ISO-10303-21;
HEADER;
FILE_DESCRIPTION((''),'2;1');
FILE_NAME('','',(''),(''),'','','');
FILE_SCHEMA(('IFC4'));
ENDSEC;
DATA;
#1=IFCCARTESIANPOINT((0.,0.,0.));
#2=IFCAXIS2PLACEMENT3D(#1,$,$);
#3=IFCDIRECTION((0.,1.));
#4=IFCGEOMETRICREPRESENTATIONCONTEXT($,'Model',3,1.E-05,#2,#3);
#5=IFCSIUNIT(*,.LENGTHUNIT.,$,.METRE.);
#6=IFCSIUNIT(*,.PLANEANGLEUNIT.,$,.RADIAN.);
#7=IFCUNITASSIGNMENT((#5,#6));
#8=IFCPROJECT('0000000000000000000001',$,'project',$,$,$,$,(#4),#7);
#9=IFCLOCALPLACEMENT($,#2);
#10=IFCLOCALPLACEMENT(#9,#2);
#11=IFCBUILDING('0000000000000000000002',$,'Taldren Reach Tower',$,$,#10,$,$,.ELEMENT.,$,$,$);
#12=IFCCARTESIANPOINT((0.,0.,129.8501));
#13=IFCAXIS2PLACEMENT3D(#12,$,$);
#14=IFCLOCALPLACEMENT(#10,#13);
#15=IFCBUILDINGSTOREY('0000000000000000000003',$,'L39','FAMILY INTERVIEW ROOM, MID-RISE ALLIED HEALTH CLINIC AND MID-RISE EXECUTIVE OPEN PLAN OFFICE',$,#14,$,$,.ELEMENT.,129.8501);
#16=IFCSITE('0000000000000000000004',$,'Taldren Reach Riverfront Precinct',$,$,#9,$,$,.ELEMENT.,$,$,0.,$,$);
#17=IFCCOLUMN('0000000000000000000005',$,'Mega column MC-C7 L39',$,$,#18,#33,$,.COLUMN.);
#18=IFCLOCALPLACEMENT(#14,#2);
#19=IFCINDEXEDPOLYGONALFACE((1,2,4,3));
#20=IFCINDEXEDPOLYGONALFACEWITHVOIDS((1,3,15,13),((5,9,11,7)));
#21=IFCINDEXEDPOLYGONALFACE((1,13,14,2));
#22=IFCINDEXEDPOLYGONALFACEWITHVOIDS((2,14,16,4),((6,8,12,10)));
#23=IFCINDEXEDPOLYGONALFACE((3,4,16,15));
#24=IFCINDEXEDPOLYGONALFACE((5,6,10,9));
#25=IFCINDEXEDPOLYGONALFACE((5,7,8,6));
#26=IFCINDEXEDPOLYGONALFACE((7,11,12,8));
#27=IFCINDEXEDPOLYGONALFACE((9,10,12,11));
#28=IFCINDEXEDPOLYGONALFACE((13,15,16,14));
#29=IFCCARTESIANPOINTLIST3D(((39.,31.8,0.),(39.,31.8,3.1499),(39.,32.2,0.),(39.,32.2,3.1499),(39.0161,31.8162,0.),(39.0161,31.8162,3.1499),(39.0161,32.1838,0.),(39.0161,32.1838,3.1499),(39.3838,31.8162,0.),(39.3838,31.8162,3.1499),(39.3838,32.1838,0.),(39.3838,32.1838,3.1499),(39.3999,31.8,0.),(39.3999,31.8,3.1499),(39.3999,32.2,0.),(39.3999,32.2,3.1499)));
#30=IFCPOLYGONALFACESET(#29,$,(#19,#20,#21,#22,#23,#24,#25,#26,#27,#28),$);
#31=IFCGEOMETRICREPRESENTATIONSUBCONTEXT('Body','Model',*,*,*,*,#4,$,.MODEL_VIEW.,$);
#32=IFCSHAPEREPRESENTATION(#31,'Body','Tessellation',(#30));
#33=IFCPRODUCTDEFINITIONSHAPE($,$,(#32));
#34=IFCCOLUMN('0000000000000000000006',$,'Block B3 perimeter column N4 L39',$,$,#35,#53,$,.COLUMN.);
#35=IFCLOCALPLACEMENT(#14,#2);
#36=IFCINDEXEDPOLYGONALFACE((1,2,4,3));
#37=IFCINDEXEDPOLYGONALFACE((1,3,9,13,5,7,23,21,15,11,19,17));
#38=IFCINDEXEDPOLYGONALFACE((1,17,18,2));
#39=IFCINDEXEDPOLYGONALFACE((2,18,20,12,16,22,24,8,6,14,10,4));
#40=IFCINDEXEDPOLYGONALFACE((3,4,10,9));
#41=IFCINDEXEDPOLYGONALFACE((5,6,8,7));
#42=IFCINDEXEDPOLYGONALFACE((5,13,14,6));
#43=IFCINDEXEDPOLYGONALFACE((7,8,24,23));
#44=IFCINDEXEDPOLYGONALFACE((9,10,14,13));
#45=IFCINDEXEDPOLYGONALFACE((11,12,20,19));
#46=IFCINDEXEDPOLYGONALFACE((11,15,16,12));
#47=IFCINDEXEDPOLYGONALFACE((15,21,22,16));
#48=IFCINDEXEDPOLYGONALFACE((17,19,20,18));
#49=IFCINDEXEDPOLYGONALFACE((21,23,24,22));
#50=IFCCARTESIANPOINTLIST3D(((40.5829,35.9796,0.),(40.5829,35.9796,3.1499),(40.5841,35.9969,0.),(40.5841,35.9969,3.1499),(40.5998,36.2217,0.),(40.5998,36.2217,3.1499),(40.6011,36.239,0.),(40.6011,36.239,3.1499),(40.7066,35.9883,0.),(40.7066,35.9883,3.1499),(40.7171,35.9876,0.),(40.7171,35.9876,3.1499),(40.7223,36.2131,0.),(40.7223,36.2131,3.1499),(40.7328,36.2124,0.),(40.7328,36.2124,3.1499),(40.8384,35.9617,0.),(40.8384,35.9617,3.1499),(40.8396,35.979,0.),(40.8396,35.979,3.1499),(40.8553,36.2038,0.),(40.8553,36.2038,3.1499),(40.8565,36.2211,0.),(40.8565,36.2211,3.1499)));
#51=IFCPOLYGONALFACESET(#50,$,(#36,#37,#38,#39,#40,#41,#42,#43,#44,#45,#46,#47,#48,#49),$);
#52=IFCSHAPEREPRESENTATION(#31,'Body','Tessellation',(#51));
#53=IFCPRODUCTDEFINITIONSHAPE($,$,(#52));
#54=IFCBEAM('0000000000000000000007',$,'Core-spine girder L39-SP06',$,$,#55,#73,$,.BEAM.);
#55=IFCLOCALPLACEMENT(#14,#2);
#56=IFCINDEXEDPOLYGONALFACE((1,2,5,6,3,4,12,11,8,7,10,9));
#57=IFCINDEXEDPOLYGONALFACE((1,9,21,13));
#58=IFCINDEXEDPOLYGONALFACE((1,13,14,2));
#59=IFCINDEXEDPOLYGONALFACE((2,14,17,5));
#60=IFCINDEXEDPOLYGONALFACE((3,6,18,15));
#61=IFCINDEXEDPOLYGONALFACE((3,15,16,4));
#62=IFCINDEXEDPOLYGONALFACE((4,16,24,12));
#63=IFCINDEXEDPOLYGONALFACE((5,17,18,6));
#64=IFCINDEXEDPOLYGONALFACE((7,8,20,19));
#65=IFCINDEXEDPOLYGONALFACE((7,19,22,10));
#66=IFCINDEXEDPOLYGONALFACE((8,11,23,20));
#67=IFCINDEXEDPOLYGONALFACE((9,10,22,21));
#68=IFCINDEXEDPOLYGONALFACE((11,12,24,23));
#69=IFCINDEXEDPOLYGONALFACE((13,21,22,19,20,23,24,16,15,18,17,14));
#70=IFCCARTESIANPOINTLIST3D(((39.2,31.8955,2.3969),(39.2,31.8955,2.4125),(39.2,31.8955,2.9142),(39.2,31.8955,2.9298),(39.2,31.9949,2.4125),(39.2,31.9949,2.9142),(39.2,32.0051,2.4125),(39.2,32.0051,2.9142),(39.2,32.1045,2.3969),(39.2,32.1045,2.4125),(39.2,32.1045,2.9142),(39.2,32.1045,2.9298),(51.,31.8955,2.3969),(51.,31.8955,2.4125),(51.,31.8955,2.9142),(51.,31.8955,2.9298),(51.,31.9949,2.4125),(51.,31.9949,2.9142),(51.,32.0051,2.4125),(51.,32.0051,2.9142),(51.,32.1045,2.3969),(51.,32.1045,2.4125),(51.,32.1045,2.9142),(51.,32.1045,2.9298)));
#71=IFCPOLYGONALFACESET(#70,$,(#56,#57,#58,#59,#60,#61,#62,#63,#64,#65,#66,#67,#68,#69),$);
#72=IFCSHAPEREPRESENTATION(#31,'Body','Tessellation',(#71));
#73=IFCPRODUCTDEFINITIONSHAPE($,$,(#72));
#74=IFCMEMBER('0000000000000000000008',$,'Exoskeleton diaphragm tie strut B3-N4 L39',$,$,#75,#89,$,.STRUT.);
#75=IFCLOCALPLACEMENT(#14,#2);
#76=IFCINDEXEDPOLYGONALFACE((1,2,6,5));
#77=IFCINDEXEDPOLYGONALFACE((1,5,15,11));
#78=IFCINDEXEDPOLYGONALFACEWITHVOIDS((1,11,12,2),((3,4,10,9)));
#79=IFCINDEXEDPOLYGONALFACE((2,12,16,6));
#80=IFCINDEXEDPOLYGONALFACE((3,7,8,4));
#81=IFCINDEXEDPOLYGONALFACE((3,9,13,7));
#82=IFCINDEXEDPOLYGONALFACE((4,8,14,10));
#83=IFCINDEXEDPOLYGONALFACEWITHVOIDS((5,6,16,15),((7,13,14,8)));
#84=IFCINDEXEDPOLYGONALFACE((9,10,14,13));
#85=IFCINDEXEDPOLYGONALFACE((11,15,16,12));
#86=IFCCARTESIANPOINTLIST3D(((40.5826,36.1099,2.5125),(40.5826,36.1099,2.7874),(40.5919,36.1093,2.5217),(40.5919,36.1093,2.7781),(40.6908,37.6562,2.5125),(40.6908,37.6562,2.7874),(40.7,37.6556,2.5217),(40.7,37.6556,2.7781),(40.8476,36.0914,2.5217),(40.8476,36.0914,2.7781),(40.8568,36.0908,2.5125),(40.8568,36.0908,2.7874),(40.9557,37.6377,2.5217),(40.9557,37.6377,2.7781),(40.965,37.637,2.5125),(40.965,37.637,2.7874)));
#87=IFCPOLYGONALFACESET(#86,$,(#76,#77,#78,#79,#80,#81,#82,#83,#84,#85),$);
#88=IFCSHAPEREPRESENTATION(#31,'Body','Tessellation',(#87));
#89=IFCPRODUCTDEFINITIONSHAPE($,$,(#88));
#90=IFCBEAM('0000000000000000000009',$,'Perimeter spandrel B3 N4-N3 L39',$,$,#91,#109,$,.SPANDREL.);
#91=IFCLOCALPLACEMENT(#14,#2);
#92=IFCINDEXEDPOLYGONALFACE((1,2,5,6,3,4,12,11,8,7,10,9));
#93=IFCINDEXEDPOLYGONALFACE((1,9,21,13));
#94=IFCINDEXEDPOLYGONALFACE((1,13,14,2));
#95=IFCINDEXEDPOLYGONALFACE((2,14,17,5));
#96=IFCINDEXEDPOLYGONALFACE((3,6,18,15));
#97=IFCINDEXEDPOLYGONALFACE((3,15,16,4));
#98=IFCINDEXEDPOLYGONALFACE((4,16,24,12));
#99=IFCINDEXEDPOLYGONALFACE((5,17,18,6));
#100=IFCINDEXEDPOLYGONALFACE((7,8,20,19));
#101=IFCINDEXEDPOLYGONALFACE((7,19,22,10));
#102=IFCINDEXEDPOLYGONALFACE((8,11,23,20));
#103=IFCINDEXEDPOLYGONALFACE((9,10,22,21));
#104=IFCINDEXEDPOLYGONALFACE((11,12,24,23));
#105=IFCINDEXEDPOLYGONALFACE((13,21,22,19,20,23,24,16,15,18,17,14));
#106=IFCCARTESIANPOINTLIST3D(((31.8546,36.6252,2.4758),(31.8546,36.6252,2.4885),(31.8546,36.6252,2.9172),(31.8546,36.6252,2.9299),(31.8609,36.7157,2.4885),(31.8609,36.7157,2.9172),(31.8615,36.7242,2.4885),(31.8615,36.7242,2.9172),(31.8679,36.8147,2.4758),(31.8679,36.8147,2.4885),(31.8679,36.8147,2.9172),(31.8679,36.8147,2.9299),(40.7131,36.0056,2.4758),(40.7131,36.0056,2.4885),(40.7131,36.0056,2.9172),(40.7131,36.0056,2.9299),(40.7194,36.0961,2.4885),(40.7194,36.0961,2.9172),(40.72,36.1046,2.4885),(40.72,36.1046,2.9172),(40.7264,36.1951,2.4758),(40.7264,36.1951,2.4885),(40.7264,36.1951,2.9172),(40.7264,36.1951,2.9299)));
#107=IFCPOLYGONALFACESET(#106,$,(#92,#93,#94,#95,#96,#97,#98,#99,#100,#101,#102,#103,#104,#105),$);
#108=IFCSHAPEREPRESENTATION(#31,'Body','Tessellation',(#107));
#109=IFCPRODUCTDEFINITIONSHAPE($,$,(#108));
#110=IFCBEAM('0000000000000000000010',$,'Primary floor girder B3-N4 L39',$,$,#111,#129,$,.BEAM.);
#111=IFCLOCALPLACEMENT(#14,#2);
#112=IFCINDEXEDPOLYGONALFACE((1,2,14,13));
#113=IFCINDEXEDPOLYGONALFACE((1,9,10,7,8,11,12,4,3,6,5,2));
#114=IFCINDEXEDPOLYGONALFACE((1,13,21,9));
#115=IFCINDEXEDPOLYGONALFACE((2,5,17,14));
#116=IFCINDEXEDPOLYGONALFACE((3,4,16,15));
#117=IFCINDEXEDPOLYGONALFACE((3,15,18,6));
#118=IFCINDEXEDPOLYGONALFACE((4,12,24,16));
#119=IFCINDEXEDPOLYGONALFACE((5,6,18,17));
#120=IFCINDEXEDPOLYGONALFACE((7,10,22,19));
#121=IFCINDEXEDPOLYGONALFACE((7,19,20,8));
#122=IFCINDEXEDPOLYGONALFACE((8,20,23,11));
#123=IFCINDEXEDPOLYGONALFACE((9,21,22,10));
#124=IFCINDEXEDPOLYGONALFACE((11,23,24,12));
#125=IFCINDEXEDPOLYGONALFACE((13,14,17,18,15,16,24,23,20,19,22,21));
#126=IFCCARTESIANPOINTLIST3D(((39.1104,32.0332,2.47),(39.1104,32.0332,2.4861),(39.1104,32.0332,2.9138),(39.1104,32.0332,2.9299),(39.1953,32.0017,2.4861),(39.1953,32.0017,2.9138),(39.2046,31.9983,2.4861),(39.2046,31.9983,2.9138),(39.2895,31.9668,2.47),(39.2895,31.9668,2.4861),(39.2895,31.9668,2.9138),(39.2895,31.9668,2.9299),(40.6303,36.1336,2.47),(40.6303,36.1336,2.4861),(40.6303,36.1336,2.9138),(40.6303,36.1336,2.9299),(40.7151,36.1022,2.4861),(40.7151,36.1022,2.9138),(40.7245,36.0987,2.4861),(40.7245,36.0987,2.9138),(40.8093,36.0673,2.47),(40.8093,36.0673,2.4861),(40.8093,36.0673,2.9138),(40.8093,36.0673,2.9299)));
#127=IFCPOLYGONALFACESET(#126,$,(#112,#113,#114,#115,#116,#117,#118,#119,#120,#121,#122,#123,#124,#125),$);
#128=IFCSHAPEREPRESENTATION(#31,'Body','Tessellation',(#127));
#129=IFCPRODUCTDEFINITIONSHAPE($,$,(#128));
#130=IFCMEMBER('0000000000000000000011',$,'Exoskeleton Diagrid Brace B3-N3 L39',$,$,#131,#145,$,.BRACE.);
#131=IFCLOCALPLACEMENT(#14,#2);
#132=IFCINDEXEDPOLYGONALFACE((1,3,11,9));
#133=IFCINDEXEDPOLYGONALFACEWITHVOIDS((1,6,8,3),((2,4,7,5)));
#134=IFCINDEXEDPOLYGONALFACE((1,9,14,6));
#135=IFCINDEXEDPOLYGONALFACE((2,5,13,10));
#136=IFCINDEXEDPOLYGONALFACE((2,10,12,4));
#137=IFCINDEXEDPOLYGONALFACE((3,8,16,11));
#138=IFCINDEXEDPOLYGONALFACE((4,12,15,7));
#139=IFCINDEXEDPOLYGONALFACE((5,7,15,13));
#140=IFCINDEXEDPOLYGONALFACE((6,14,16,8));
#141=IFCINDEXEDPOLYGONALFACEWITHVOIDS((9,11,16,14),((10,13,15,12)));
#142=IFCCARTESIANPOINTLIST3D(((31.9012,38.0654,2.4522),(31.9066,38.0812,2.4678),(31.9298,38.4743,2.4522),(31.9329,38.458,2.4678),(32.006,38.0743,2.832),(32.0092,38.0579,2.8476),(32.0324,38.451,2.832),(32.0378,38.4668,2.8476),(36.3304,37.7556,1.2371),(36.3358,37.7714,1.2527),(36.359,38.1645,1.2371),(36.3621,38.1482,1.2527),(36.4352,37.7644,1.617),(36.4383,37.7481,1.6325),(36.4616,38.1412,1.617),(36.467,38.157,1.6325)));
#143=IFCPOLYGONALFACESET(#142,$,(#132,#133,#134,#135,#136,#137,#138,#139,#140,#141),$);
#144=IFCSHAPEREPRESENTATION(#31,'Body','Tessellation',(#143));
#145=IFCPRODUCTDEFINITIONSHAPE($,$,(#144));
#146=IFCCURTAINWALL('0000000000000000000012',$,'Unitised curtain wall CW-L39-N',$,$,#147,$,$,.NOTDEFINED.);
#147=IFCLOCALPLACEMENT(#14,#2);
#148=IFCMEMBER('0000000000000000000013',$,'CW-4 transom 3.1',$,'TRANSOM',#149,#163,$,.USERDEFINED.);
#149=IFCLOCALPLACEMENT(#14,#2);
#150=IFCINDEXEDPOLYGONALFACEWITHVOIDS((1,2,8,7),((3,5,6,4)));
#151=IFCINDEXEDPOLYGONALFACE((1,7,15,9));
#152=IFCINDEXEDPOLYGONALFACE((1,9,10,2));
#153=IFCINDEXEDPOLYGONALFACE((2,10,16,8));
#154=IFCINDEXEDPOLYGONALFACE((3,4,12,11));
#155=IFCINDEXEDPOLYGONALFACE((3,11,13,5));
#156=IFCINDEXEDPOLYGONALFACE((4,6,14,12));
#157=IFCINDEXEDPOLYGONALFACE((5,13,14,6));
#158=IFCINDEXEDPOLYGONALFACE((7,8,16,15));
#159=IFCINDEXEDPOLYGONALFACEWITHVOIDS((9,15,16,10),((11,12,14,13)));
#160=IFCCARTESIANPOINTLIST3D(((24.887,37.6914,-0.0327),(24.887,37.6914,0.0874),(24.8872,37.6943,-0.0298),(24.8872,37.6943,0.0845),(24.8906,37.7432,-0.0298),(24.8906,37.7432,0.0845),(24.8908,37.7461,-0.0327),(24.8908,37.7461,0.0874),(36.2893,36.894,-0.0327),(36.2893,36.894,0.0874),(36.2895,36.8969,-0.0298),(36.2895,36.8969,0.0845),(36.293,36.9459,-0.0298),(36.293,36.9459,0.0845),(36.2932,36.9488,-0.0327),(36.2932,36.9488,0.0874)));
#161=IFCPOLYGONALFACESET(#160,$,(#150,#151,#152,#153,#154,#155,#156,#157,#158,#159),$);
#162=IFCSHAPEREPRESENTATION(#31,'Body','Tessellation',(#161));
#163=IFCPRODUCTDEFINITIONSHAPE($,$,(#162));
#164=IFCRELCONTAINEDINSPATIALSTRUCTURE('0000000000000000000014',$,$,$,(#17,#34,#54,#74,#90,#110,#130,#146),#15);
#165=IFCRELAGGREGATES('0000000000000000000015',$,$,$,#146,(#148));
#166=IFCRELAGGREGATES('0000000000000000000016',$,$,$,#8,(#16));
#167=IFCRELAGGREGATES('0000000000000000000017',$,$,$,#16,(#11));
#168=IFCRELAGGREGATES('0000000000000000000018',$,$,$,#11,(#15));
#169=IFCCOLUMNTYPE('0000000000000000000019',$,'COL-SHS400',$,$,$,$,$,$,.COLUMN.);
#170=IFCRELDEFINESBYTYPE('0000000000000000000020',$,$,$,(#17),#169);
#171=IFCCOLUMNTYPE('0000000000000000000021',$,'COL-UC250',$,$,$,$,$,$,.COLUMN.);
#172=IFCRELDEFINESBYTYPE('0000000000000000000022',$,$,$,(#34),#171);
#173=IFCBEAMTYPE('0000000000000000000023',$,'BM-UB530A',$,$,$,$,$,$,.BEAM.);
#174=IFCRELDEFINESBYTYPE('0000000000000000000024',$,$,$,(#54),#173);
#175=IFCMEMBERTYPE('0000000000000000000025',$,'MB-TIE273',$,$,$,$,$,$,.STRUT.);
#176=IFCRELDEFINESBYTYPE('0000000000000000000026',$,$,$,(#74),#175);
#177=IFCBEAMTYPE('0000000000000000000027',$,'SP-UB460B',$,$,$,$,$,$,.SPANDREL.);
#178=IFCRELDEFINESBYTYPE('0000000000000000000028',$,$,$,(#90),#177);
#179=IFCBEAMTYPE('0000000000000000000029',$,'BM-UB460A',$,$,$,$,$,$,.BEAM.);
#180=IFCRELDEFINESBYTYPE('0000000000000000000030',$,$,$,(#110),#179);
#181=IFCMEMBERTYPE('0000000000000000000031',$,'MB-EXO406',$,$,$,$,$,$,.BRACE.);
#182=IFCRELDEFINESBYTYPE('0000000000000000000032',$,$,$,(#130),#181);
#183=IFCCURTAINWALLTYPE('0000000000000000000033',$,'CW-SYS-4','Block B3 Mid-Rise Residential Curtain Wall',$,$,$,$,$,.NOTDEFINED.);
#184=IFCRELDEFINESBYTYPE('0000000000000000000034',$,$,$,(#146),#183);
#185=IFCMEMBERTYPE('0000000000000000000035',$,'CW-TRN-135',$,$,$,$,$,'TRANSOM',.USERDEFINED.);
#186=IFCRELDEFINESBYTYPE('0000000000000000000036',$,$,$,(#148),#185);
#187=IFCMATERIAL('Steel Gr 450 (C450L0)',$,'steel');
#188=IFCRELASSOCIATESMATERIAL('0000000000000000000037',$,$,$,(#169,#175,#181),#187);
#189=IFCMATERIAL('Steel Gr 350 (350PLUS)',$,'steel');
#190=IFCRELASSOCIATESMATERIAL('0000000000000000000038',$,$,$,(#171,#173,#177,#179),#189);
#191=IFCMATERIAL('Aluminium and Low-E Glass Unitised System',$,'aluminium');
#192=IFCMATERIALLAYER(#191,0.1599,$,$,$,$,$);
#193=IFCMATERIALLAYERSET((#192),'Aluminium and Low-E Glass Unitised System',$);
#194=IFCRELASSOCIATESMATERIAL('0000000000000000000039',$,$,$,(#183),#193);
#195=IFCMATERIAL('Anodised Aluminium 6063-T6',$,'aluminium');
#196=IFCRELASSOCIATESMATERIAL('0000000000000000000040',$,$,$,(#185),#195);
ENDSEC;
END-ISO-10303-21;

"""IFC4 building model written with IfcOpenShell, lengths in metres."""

from ifc_helpers import new_model, si_unit, direction, frame, origin, origin_2d, place, context, subcontext, project, spatial, hollow_rectangle, i_section, extrude, source, transform, mapped, material, layer, layer_set, material_profile, profile_set, type_object, element, aggregate, save


model = new_model("IFC4")

# Units and contexts
model_context = context("Model", 3, precision=1e-05, world=origin(), true_north=direction((0.0, 1.0)))
body_context = subcontext(model_context, "Body", "Model", "MODEL_VIEW")
ifc_project = project(units=[si_unit("LENGTHUNIT", "METRE"), si_unit("PLANEANGLEUNIT", "RADIAN")], contexts=[model_context])

# Site, building, storey
site_placement = place(None, origin())
site = spatial("IfcSite", under=ifc_project, at=site_placement, Name="Taldren Reach Riverfront Precinct", CompositionType="ELEMENT", RefElevation=0.0)
building_placement = place(site_placement, origin())
building = spatial("IfcBuilding", under=site, at=building_placement, Name="Taldren Reach Tower", CompositionType="ELEMENT")
storey_placement = place(building_placement, frame((0.0, 0.0, 129.8501)))
storey = spatial("IfcBuildingStorey", under=building, at=storey_placement, Name="L39", Description="FAMILY INTERVIEW ROOM, MID-RISE ALLIED HEALTH CLINIC AND MID-RISE EXECUTIVE OPEN PLAN OFFICE", CompositionType="ELEMENT", Elevation=129.8501)

# Columns
ifc_material_1 = material(Name="Steel Gr 450 (C450L0)", Category="steel")
ifc_material_profile_1 = material_profile(ifc_material_1, hollow_rectangle(XDim=0.3999, YDim=0.3999, WallThickness=0.0161, at=origin_2d()), Name="400x400x16.0SHS")
ifc_profile_set_1 = profile_set([ifc_material_profile_1], Name="Steel Gr 450 (C450L0)")
column_type_1 = type_object("IfcColumnType", Name="COL-SHS400", PredefinedType="COLUMN", material=ifc_profile_set_1)
shared_shape_1 = source(origin(), body_context, "Body", "SweptSolid", [
    extrude(hollow_rectangle(XDim=0.3999, YDim=0.3999, WallThickness=0.0161, at=origin_2d()), origin(), (0.0, 0.0, 1.0), 3.1499),
])
column_1_placement = place(storey_placement, frame((39.2, 32.0, 0.0), z_axis=(0.0, 0.0, 1.0), x_axis=(1.0, 0.0, 0.0)))
element("IfcColumn", 1, at=column_1_placement, inside=storey, type_object=column_type_1, Name="Mega column MC-C7 L39", PredefinedType="COLUMN", context=body_context, shape_type="MappedRepresentation", body=[
    mapped(shared_shape_1, transform((0.0, 0.0, 0.0), scale=1.0)),
])
ifc_material_2 = material(Name="Steel Gr 350 (350PLUS)", Category="steel")
ifc_material_profile_2 = material_profile(ifc_material_2, i_section(OverallWidth=0.2561, OverallDepth=0.26, WebThickness=0.0105, FlangeThickness=0.0173, at=origin_2d()), Name="250UC89.5")
ifc_profile_set_2 = profile_set([ifc_material_profile_2], Name="Steel Gr 350 (350PLUS)")
column_type_2 = type_object("IfcColumnType", Name="COL-UC250", PredefinedType="COLUMN", material=ifc_profile_set_2)
shared_shape_2 = source(origin(), body_context, "Body", "SweptSolid", [
    extrude(i_section(OverallWidth=0.2561, OverallDepth=0.26, WebThickness=0.0105, FlangeThickness=0.0173, at=origin_2d()), origin(), (0.0, 0.0, 1.0), 3.1499),
])
column_2_placement = place(storey_placement, frame((40.7197, 36.1003, 0.0), z_axis=(0.0, 0.0, 1.0), x_axis=(0.997564, -0.069756, 0.0)))
element("IfcColumn", 2, at=column_2_placement, inside=storey, type_object=column_type_2, Name="Block B3 perimeter column N4 L39", PredefinedType="COLUMN", context=body_context, shape_type="MappedRepresentation", body=[
    mapped(shared_shape_2, transform((0.0, 0.0, 0.0), scale=1.0)),
])

# Beam
ifc_material_profile_3 = material_profile(ifc_material_2, i_section(OverallWidth=0.209, OverallDepth=0.533, WebThickness=0.0103, FlangeThickness=0.0156, at=origin_2d()), Name="530UB92.4")
ifc_profile_set_3 = profile_set([ifc_material_profile_3], Name="Steel Gr 350 (350PLUS)")
beam_type_1 = type_object("IfcBeamType", Name="BM-UB530A", PredefinedType="BEAM", material=ifc_profile_set_3)
shared_shape_3 = source(origin(), body_context, "Body", "SweptSolid", [
    extrude(i_section(OverallWidth=0.209, OverallDepth=0.533, WebThickness=0.0103, FlangeThickness=0.0156, at=origin_2d()), origin(), (0.0, 0.0, 1.0), 11.8),
])
beam_1_placement = place(storey_placement, frame((39.2, 32.0, 2.6633), z_axis=(1.0, 0.0, 0.0), x_axis=(0.0, 1.0, 0.0)))
element("IfcBeam", 3, at=beam_1_placement, inside=storey, type_object=beam_type_1, Name="Core-spine girder L39-SP06", PredefinedType="BEAM", context=body_context, shape_type="MappedRepresentation", body=[
    mapped(shared_shape_3, transform((0.0, 0.0, 0.0), scale=1.0)),
])

# Member
ifc_material_profile_4 = material_profile(ifc_material_1, hollow_rectangle(XDim=0.2749, YDim=0.2749, WallThickness=0.0093, at=origin_2d()), Name="275x275x9.3SHS")
ifc_profile_set_4 = profile_set([ifc_material_profile_4], Name="Steel Gr 450 (C450L0)")
member_type_1 = type_object("IfcMemberType", Name="MB-TIE273", PredefinedType="STRUT", material=ifc_profile_set_4)
shared_shape_4 = source(origin(), body_context, "Body", "SweptSolid", [
    extrude(hollow_rectangle(XDim=0.2749, YDim=0.2749, WallThickness=0.0093, at=origin_2d()), origin(), (0.0, 0.0, 1.0), 1.55),
])
member_1_placement = place(storey_placement, frame((40.7197, 36.1003, 2.6499), z_axis=(0.06977, 0.997563, 0.0), x_axis=(-0.997563, 0.06977, 0.0)))
element("IfcMember", 4, at=member_1_placement, inside=storey, type_object=member_type_1, Name="Exoskeleton diaphragm tie strut B3-N4 L39", PredefinedType="STRUT", context=body_context, shape_type="MappedRepresentation", body=[
    mapped(shared_shape_4, transform((0.0, 0.0, 0.0), scale=1.0)),
])

# Beams
ifc_material_profile_5 = material_profile(ifc_material_2, i_section(OverallWidth=0.1899, OverallDepth=0.4541, WebThickness=0.0085, FlangeThickness=0.0127, at=origin_2d()), Name="460UB67.1")
ifc_profile_set_5 = profile_set([ifc_material_profile_5], Name="Steel Gr 350 (350PLUS)")
beam_type_2 = type_object("IfcBeamType", Name="SP-UB460B", PredefinedType="SPANDREL", material=ifc_profile_set_5)
shared_shape_5 = source(origin(), body_context, "Body", "SweptSolid", [
    extrude(i_section(OverallWidth=0.1899, OverallDepth=0.4541, WebThickness=0.0085, FlangeThickness=0.0127, at=origin_2d()), origin(), (0.0, 0.0, 1.0), 8.8801),
])
beam_2_placement = place(storey_placement, frame((40.7197, 36.1003, 2.7029), z_axis=(-0.997563, 0.069778, 0.0), x_axis=(-0.069778, -0.997563, 0.0)))
element("IfcBeam", 5, at=beam_2_placement, inside=storey, type_object=beam_type_2, Name="Perimeter spandrel B3 N4-N3 L39", PredefinedType="SPANDREL", context=body_context, shape_type="MappedRepresentation", body=[
    mapped(shared_shape_5, transform((0.0, 0.0, 0.0), scale=1.0)),
])
ifc_material_profile_6 = material_profile(ifc_material_2, i_section(OverallWidth=0.1909, OverallDepth=0.46, WebThickness=0.01, FlangeThickness=0.0161, at=origin_2d()), Name="460UB82.1")
ifc_profile_set_6 = profile_set([ifc_material_profile_6], Name="Steel Gr 350 (350PLUS)")
beam_type_3 = type_object("IfcBeamType", Name="BM-UB460A", PredefinedType="BEAM", material=ifc_profile_set_6)
shared_shape_6 = source(origin(), body_context, "Body", "SweptSolid", [
    extrude(i_section(OverallWidth=0.1909, OverallDepth=0.46, WebThickness=0.01, FlangeThickness=0.0161, at=origin_2d()), origin(), (0.0, 0.0, 1.0), 4.373),
])
beam_3_placement = place(storey_placement, frame((39.2, 32.0, 2.7), z_axis=(0.347542, 0.937665, 0.0), x_axis=(-0.937665, 0.347542, 0.0)))
element("IfcBeam", 6, at=beam_3_placement, inside=storey, type_object=beam_type_3, Name="Primary floor girder B3-N4 L39", PredefinedType="BEAM", context=body_context, shape_type="MappedRepresentation", body=[
    mapped(shared_shape_6, transform((0.0, 0.0, 0.0), scale=1.0)),
])

# Member
ifc_material_profile_7 = material_profile(ifc_material_1, hollow_rectangle(XDim=0.4099, YDim=0.4099, WallThickness=0.0161, at=origin_2d()), Name="410x410x16.0SHS")
ifc_profile_set_7 = profile_set([ifc_material_profile_7], Name="Steel Gr 450 (C450L0)")
member_type_2 = type_object("IfcMemberType", Name="MB-EXO406", PredefinedType="BRACE", material=ifc_profile_set_7)
shared_shape_7 = source(origin(), body_context, "Body", "SweptSolid", [
    extrude(hollow_rectangle(XDim=0.4099, YDim=0.4099, WallThickness=0.0161, at=origin_2d()), origin(), (0.0, 0.0, 1.0), 4.6033),
])
member_2_placement = place(storey_placement, frame((36.3987, 37.9563, 1.4348), z_axis=(-0.962182, 0.067303, 0.263961), x_axis=(-0.069778, -0.997563, 0.0)))
element("IfcMember", 7, at=member_2_placement, inside=storey, type_object=member_type_2, Name="Exoskeleton Diagrid Brace B3-N3 L39", PredefinedType="BRACE", context=body_context, shape_type="MappedRepresentation", body=[
    mapped(shared_shape_7, transform((0.0, 0.0, 0.0), scale=1.0)),
])

# Curtain wall, member
ifc_material_3 = material(Name="Aluminium and Low-E Glass Unitised System", Category="aluminium")
ifc_layer_1 = layer(ifc_material_3, 0.1599)
ifc_layer_set_1 = layer_set([ifc_layer_1], Name="Aluminium and Low-E Glass Unitised System")
curtain_wall_type = type_object("IfcCurtainWallType", Name="CW-SYS-4", Description="Block B3 Mid-Rise Residential Curtain Wall", PredefinedType="NOTDEFINED", material=ifc_layer_set_1)
curtain_wall_placement = place(storey_placement, origin())
curtain_wall = element("IfcCurtainWall", 8, at=curtain_wall_placement, inside=storey, type_object=curtain_wall_type, Name="Unitised curtain wall CW-L39-N", PredefinedType="NOTDEFINED")
ifc_material_4 = material(Name="Anodised Aluminium 6063-T6", Category="aluminium")
ifc_material_profile_8 = material_profile(ifc_material_4, hollow_rectangle(XDim=0.0549, YDim=0.1201, WallThickness=0.0029, at=origin_2d()), Name="ALU-120x55x3RHS")
ifc_profile_set_8 = profile_set([ifc_material_profile_8], Name="Anodised Aluminium 6063-T6")
member_type_3 = type_object("IfcMemberType", Name="CW-TRN-135", ElementType="TRANSOM", PredefinedType="USERDEFINED", material=ifc_profile_set_8)
shared_shape_8 = source(origin(), body_context, "Body", "SweptSolid", [
    extrude(hollow_rectangle(XDim=0.0549, YDim=0.1201, WallThickness=0.0029, at=origin_2d()), origin(), (0.0, 0.0, 1.0), 11.4302),
])
member_3_placement = place(storey_placement, frame((36.2913, 36.9214, 0.0273), z_axis=(-0.997564, 0.069759, 0.0), x_axis=(-0.069759, -0.997564, 0.0)))
member_3 = element("IfcMember", 9, at=member_3_placement, type_object=member_type_3, Name="CW-4 transom 3.1", ObjectType="TRANSOM", PredefinedType="USERDEFINED", context=body_context, shape_type="MappedRepresentation", body=[
    mapped(shared_shape_8, transform((0.0, 0.0, 0.0), scale=1.0)),
])
aggregate(curtain_wall, [member_3])

save(model, "model.ifc")
